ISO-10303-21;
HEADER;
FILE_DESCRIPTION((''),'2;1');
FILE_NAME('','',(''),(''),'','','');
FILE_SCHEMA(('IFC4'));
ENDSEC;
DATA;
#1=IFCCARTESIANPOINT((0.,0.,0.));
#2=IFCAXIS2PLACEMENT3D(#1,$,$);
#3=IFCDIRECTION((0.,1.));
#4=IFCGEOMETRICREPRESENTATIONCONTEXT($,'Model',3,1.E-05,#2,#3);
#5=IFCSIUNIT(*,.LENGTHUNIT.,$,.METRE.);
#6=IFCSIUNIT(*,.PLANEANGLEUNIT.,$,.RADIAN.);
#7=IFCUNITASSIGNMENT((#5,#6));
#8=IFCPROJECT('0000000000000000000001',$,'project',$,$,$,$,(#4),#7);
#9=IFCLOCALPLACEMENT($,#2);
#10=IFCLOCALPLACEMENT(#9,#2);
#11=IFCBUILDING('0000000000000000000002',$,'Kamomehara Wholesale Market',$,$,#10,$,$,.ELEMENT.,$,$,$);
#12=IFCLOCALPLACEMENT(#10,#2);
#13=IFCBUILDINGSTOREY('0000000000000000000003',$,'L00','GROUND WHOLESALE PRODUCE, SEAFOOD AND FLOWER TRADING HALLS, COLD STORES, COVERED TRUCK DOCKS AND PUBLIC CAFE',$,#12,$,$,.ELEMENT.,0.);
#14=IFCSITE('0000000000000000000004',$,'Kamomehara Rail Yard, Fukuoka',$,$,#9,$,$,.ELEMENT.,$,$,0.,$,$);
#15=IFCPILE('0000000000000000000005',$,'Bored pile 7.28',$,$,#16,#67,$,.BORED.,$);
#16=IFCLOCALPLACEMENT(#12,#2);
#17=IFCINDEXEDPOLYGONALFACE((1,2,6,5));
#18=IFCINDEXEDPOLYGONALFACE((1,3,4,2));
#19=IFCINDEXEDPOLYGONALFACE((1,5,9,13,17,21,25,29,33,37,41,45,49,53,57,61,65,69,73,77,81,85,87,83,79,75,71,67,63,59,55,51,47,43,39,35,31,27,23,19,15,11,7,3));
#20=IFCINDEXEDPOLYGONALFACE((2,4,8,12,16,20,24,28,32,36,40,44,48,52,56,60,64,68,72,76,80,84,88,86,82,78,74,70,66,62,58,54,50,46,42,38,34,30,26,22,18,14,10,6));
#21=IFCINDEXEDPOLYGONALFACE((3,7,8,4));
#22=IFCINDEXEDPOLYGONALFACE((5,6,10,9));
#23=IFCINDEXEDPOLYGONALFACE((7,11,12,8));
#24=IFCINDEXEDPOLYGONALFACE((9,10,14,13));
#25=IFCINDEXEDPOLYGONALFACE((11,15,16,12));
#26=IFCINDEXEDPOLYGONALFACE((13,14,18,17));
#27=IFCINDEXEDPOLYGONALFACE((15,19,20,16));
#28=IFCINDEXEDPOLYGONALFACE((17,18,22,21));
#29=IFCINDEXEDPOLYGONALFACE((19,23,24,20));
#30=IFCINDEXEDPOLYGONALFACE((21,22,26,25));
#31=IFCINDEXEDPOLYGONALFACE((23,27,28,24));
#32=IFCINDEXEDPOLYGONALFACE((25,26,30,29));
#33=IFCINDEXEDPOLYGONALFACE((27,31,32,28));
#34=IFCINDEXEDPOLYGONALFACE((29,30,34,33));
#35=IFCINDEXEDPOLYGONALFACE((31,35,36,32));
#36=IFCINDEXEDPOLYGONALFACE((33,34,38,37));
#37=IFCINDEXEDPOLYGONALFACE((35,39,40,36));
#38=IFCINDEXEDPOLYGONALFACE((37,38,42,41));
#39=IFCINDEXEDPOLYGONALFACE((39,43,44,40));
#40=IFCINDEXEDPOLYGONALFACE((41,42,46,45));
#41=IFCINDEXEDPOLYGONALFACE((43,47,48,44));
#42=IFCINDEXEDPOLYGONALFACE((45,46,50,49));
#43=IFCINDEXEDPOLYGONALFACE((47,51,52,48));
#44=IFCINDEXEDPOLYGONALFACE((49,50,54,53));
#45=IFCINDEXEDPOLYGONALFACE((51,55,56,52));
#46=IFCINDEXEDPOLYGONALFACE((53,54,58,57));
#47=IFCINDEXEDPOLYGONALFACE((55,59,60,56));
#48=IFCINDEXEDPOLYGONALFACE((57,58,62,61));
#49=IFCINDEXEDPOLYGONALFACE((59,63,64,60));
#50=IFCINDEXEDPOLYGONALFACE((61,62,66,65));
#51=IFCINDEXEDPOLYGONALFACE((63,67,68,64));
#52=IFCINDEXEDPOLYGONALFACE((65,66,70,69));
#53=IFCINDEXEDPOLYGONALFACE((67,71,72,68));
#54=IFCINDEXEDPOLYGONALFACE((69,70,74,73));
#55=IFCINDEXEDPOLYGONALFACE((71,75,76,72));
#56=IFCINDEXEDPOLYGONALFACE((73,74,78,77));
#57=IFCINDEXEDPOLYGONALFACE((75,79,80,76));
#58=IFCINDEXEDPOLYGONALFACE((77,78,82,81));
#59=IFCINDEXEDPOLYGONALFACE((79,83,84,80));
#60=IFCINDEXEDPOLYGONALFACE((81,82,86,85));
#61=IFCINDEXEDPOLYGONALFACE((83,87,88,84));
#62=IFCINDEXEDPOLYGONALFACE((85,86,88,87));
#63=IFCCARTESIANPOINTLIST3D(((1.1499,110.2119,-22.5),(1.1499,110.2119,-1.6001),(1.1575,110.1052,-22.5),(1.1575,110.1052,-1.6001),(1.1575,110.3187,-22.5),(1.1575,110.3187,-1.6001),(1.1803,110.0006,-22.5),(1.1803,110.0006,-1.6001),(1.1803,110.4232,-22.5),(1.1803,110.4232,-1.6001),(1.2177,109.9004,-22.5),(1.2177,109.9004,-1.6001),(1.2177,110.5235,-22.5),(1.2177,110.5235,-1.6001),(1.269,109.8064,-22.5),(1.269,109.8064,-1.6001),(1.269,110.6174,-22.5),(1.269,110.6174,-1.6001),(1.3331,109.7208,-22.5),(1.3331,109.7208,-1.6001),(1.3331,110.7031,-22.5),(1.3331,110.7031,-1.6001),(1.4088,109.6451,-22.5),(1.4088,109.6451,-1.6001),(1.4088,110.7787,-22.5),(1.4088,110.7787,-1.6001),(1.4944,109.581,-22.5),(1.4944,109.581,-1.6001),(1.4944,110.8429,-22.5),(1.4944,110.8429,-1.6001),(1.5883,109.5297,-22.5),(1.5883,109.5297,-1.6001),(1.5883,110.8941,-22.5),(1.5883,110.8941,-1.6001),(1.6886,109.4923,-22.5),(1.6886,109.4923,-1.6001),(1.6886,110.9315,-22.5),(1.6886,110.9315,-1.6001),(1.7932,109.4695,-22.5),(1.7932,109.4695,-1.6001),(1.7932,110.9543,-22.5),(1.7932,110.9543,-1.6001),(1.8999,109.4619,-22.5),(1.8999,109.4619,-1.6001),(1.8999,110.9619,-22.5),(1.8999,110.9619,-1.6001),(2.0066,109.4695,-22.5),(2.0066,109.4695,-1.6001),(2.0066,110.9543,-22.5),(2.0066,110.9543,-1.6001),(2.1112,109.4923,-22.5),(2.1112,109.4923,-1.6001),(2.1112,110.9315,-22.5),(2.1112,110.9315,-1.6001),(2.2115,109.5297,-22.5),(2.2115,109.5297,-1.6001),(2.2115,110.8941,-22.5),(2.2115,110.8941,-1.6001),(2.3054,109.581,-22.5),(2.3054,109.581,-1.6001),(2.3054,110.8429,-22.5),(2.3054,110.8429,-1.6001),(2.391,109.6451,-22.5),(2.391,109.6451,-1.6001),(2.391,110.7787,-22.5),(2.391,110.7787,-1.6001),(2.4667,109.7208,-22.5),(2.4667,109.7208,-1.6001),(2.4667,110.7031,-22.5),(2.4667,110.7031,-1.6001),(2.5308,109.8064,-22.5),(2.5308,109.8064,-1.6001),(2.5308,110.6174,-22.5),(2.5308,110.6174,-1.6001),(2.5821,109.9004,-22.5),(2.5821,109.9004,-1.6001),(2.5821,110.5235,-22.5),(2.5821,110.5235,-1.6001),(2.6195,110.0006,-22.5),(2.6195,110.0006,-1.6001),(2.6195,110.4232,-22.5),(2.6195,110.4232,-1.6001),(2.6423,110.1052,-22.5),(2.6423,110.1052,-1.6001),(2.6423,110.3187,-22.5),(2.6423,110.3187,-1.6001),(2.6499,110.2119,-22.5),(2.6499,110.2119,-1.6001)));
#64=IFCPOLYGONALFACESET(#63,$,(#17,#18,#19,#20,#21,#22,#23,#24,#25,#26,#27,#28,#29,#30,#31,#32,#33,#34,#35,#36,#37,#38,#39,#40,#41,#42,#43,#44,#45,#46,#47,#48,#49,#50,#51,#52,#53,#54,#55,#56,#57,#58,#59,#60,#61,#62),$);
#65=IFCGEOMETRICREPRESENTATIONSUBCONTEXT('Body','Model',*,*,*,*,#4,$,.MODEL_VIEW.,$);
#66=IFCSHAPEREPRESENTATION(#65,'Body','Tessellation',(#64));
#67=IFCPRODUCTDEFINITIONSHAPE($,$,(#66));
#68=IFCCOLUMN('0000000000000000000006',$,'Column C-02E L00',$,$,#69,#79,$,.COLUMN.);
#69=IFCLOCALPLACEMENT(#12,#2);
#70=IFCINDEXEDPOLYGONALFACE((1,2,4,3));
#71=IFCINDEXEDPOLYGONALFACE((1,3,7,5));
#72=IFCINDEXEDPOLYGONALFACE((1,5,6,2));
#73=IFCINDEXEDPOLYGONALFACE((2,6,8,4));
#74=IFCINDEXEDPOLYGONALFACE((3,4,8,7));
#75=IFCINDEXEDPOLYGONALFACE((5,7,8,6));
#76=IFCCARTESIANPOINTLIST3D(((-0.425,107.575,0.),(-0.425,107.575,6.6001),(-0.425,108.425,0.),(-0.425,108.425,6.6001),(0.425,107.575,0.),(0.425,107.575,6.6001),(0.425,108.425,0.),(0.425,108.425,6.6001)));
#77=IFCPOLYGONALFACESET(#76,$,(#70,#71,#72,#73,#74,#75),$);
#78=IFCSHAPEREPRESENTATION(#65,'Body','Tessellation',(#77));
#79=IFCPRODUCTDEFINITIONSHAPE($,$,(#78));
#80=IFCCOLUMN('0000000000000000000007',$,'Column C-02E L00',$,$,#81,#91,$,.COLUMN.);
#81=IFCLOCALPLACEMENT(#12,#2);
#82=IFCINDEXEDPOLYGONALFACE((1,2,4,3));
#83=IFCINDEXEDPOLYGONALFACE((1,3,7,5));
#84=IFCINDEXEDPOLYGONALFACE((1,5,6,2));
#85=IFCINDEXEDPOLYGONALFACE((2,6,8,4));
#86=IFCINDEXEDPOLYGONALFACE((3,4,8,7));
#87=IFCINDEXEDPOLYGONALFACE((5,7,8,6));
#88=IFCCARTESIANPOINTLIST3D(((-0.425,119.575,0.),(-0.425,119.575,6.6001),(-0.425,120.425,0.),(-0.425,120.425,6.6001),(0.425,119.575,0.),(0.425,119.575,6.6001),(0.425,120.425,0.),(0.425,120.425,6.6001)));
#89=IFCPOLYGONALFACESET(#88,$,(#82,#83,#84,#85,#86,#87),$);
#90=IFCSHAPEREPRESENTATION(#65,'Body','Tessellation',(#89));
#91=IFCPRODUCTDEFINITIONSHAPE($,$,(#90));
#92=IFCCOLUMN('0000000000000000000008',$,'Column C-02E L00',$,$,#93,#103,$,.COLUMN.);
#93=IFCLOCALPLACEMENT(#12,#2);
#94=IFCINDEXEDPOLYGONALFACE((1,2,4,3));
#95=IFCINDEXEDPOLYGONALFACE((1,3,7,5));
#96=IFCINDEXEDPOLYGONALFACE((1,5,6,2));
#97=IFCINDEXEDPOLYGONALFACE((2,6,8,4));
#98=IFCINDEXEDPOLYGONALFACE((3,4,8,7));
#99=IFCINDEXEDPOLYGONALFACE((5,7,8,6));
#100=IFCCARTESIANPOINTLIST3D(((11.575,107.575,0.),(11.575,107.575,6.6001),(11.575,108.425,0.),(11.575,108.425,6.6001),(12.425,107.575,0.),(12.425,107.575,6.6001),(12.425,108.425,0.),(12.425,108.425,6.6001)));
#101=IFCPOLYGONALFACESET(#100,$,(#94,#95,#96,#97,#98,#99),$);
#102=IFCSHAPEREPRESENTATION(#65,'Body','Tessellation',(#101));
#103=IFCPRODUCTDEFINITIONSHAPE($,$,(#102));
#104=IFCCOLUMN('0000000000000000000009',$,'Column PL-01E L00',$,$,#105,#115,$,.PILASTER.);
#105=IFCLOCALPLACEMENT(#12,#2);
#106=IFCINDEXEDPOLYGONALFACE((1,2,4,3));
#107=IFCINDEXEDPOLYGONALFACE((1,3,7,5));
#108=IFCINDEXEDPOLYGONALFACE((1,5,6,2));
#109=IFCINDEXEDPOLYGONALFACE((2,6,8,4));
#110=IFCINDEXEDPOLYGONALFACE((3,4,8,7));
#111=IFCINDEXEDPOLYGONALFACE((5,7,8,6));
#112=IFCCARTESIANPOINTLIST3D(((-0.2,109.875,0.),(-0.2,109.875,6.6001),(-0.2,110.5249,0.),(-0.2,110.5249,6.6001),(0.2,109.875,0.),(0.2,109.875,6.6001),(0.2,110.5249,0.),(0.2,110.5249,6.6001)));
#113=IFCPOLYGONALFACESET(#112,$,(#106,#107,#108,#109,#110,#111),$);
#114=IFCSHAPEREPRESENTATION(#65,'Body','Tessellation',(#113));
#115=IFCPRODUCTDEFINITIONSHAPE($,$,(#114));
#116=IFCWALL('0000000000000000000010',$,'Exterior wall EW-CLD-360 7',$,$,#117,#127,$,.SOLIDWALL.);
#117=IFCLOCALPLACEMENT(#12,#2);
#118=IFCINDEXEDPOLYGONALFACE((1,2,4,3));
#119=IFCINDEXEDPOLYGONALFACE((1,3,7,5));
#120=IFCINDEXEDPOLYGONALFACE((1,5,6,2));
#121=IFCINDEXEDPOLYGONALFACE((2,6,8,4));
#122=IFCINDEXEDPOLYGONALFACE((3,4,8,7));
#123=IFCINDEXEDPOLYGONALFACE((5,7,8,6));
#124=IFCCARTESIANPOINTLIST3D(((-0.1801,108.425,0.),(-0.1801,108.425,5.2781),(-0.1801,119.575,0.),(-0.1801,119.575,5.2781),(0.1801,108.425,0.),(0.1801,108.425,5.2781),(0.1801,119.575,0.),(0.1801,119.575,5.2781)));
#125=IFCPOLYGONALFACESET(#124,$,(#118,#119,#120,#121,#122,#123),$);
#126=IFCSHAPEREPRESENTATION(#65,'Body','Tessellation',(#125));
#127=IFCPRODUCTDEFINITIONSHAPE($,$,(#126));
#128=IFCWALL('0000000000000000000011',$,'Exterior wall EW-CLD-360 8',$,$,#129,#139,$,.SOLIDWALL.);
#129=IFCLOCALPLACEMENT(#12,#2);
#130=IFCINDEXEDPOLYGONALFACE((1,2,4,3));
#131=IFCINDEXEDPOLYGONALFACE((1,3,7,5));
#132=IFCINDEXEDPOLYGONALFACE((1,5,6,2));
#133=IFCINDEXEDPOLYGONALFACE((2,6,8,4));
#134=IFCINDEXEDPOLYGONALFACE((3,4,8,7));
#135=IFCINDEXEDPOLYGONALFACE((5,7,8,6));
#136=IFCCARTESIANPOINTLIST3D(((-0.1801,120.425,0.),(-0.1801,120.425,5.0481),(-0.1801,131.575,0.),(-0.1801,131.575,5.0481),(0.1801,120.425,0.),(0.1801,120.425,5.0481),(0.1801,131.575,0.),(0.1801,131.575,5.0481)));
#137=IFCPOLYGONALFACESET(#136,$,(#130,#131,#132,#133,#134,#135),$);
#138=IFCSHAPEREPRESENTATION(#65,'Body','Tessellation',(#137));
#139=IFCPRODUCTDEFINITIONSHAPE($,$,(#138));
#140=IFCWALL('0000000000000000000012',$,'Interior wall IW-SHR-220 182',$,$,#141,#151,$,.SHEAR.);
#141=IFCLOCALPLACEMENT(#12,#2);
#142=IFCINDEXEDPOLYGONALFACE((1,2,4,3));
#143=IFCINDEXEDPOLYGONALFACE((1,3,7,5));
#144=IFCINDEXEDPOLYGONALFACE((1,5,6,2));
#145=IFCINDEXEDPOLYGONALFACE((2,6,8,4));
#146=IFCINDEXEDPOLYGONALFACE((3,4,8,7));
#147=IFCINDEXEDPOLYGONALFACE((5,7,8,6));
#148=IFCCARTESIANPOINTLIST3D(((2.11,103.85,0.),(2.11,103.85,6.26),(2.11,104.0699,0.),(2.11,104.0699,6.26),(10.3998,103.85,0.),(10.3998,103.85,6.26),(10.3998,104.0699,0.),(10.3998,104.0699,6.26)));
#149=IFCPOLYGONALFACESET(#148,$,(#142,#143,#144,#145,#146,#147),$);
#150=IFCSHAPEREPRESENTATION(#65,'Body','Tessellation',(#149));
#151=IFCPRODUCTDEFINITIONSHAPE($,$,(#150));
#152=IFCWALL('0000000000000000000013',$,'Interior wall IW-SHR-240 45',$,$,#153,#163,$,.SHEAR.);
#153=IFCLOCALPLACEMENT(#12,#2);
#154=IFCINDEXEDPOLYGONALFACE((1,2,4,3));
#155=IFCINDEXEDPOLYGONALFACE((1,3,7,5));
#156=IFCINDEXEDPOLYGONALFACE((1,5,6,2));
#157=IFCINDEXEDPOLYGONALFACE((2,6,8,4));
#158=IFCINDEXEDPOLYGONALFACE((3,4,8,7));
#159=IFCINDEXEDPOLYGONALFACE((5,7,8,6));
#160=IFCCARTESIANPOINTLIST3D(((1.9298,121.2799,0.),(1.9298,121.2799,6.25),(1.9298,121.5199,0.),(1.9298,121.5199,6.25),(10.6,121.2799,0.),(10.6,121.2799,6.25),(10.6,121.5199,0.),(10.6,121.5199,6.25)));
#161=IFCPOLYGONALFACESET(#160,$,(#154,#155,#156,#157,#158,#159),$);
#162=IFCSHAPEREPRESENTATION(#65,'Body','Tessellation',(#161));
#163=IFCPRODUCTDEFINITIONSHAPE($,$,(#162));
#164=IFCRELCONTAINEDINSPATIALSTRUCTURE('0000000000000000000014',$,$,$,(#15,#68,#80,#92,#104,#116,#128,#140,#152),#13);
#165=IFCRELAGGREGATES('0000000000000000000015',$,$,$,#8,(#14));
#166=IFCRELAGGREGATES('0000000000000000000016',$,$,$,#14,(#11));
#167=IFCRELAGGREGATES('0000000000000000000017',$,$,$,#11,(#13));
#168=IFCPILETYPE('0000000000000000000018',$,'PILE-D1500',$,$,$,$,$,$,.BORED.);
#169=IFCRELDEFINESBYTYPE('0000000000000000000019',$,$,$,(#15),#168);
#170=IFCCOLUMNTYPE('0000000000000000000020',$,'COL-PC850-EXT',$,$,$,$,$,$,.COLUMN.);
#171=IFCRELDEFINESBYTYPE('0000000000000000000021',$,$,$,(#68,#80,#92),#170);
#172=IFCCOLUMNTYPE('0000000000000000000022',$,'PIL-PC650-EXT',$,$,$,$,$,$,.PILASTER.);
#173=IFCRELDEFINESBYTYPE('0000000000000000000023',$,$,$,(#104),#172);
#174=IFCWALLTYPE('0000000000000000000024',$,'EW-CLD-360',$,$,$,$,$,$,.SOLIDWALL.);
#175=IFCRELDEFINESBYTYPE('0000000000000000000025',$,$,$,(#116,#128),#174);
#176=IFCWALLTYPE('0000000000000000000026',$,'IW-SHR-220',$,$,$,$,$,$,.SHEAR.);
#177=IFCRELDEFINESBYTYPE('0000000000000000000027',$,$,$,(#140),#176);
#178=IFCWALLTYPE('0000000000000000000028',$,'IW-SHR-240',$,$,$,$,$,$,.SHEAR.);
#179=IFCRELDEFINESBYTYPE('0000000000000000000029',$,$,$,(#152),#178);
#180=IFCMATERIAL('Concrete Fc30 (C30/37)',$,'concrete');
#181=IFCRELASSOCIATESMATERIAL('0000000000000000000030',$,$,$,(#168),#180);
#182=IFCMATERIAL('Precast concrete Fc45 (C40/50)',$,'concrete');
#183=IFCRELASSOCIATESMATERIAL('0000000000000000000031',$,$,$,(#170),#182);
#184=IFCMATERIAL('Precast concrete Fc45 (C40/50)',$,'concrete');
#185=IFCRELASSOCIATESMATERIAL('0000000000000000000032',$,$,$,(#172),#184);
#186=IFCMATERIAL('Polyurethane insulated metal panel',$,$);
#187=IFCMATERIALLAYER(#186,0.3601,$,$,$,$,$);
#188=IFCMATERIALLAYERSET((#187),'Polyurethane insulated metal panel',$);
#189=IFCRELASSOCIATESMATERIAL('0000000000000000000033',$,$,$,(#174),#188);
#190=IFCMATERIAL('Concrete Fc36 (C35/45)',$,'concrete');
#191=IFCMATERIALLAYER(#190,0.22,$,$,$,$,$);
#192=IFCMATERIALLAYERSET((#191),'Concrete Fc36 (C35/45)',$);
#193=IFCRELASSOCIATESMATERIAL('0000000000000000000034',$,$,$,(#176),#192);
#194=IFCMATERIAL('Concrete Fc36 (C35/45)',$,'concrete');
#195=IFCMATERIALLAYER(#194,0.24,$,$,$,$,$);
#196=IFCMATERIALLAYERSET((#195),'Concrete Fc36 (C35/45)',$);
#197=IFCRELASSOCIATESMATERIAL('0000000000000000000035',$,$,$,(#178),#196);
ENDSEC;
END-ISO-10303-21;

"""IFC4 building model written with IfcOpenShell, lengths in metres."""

from ifc_helpers import new_model, si_unit, direction, frame, frame_2d, origin, origin_2d, place, context, subcontext, project, spatial, rectangle, circle, extrude, material, layer, layer_set, material_profile, profile_set, type_object, element, save


model = new_model("IFC4")

# Units and contexts
model_context = context("Model", 3, precision=1e-05, world=origin(), true_north=direction((0.0, 1.0)))
body_context = subcontext(model_context, "Body", "Model", "MODEL_VIEW")
ifc_project = project(units=[si_unit("LENGTHUNIT", "METRE"), si_unit("PLANEANGLEUNIT", "RADIAN")], contexts=[model_context])

# Site, building, storey
site_placement = place(None, origin())
site = spatial("IfcSite", under=ifc_project, at=site_placement, Name="Kamomehara Rail Yard, Fukuoka", CompositionType="ELEMENT", RefElevation=0.0)
building_placement = place(site_placement, origin())
building = spatial("IfcBuilding", under=site, at=building_placement, Name="Kamomehara Wholesale Market", CompositionType="ELEMENT")
storey_placement = place(building_placement, origin())
storey = spatial("IfcBuildingStorey", under=building, at=storey_placement, Name="L00", Description="GROUND WHOLESALE PRODUCE, SEAFOOD AND FLOWER TRADING HALLS, COLD STORES, COVERED TRUCK DOCKS AND PUBLIC CAFE", CompositionType="ELEMENT", Elevation=0.0)

# Pile
ifc_material_1 = material(Name="Concrete Fc30 (C30/37)", Category="concrete")
ifc_material_profile_1 = material_profile(ifc_material_1, circle(Radius=0.75, at=origin_2d()), Name="RC-PILE-D1500")
ifc_profile_set_1 = profile_set([ifc_material_profile_1], Name="Concrete Fc30 (C30/37)")
pile_type_1 = type_object("IfcPileType", Name="PILE-D1500", PredefinedType="BORED", material=ifc_profile_set_1)
for number, where, z_axis, x_axis, name in (
    (1, (1.8999, 110.2119, -1.6001), (0.0, 0.0, -1.0), (1.0, 0.0, 0.0), "Bored pile 7.28"),
):
    element("IfcPile", number, at=place(storey_placement, frame(where, z_axis=z_axis, x_axis=x_axis)), inside=storey, type_object=pile_type_1, Name=name, PredefinedType="BORED", context=body_context, shape_type="SweptSolid", body=[
        extrude(circle(Radius=0.75, at=origin_2d()), origin(), (0.0, 0.0, 1.0), 20.8999),
    ])

# Columns
ifc_material_2 = material(Name="Precast concrete Fc45 (C40/50)", Category="concrete")
ifc_material_profile_2 = material_profile(ifc_material_2, rectangle(XDim=0.8501, YDim=0.8501, at=origin_2d()), Name="PC-COL-850x850")
ifc_profile_set_2 = profile_set([ifc_material_profile_2], Name="Precast concrete Fc45 (C40/50)")
column_type_1 = type_object("IfcColumnType", Name="COL-PC850-EXT", PredefinedType="COLUMN", material=ifc_profile_set_2)
for number, where, z_axis, x_axis, name in (
    (2, (0.0, 108.0, 0.0), (0.0, 0.0, 1.0), (1.0, 0.0, 0.0), "Column C-02E L00"),
    (3, (0.0, 120.0, 0.0), (0.0, 0.0, 1.0), (1.0, 0.0, 0.0), "Column C-02E L00"),
    (4, (12.0, 108.0, 0.0), (0.0, 0.0, 1.0), (1.0, 0.0, 0.0), "Column C-02E L00"),
):
    element("IfcColumn", number, at=place(storey_placement, frame(where, z_axis=z_axis, x_axis=x_axis)), inside=storey, type_object=column_type_1, Name=name, PredefinedType="COLUMN", context=body_context, shape_type="SweptSolid", body=[
        extrude(rectangle(XDim=0.8501, YDim=0.8501, at=origin_2d()), origin(), (0.0, 0.0, 1.0), 6.6001),
    ])
ifc_material_3 = material(Name="Precast concrete Fc45 (C40/50)", Category="concrete")
ifc_material_profile_3 = material_profile(ifc_material_3, rectangle(XDim=0.3999, YDim=0.6499, at=origin_2d()), Name="PC-PIL-400x650")
ifc_profile_set_3 = profile_set([ifc_material_profile_3], Name="Precast concrete Fc45 (C40/50)")
column_type_2 = type_object("IfcColumnType", Name="PIL-PC650-EXT", PredefinedType="PILASTER", material=ifc_profile_set_3)
column_placement = place(storey_placement, frame((0.0, 110.2, 0.0), z_axis=(0.0, 0.0, 1.0), x_axis=(1.0, 0.0, 0.0)))
element("IfcColumn", 5, at=column_placement, inside=storey, type_object=column_type_2, Name="Column PL-01E L00", PredefinedType="PILASTER", context=body_context, shape_type="SweptSolid", body=[
    extrude(rectangle(XDim=0.3999, YDim=0.6499, at=origin_2d()), origin(), (0.0, 0.0, 1.0), 6.6001),
])

# Walls
ifc_material_4 = material(Name="Polyurethane insulated metal panel")
ifc_layer_1 = layer(ifc_material_4, 0.3601)
ifc_layer_set_1 = layer_set([ifc_layer_1], Name="Polyurethane insulated metal panel")
wall_type_1 = type_object("IfcWallType", Name="EW-CLD-360", PredefinedType="SOLIDWALL", material=ifc_layer_set_1)
wall_1_placement = place(storey_placement, frame((0.0, 108.425, 0.0), z_axis=(0.0, 0.0, 1.0), x_axis=(0.0, 1.0, 0.0)))
element("IfcWall", 6, at=wall_1_placement, inside=storey, type_object=wall_type_1, Name="Exterior wall EW-CLD-360 7", PredefinedType="SOLIDWALL", context=body_context, shape_type="SweptSolid", body=[
    extrude(rectangle(XDim=11.1499, YDim=0.3601, at=frame_2d((5.575, 0.0))), origin(), (0.0, 0.0, 1.0), 5.2781),
])
wall_2_placement = place(storey_placement, frame((0.0, 120.425, 0.0), z_axis=(0.0, 0.0, 1.0), x_axis=(0.0, 1.0, 0.0)))
element("IfcWall", 7, at=wall_2_placement, inside=storey, type_object=wall_type_1, Name="Exterior wall EW-CLD-360 8", PredefinedType="SOLIDWALL", context=body_context, shape_type="SweptSolid", body=[
    extrude(rectangle(XDim=11.1499, YDim=0.3601, at=frame_2d((5.575, 0.0))), origin(), (0.0, 0.0, 1.0), 5.0481),
])
ifc_material_5 = material(Name="Concrete Fc36 (C35/45)", Category="concrete")
ifc_layer_2 = layer(ifc_material_5, 0.22)
ifc_layer_set_2 = layer_set([ifc_layer_2], Name="Concrete Fc36 (C35/45)")
wall_type_2 = type_object("IfcWallType", Name="IW-SHR-220", PredefinedType="SHEAR", material=ifc_layer_set_2)
wall_3_placement = place(storey_placement, frame((10.3999, 103.96, 0.0), z_axis=(0.0, 0.0, 1.0), x_axis=(-1.0, 0.0, 0.0)))
element("IfcWall", 8, at=wall_3_placement, inside=storey, type_object=wall_type_2, Name="Interior wall IW-SHR-220 182", PredefinedType="SHEAR", context=body_context, shape_type="SweptSolid", body=[
    extrude(rectangle(XDim=8.2898, YDim=0.22, at=frame_2d((4.145, 0.0))), origin(), (0.0, 0.0, 1.0), 6.26),
])
ifc_material_6 = material(Name="Concrete Fc36 (C35/45)", Category="concrete")
ifc_layer_3 = layer(ifc_material_6, 0.24)
ifc_layer_set_3 = layer_set([ifc_layer_3], Name="Concrete Fc36 (C35/45)")
wall_type_3 = type_object("IfcWallType", Name="IW-SHR-240", PredefinedType="SHEAR", material=ifc_layer_set_3)
wall_4_placement = place(storey_placement, frame((1.9299, 121.3999, 0.0), z_axis=(0.0, 0.0, 1.0), x_axis=(1.0, 0.0, 0.0)))
element("IfcWall", 9, at=wall_4_placement, inside=storey, type_object=wall_type_3, Name="Interior wall IW-SHR-240 45", PredefinedType="SHEAR", context=body_context, shape_type="SweptSolid", body=[
    extrude(rectangle(XDim=8.6702, YDim=0.24, at=frame_2d((4.335, 0.0))), origin(), (0.0, 0.0, 1.0), 6.25),
])

save(model, "model.ifc")
